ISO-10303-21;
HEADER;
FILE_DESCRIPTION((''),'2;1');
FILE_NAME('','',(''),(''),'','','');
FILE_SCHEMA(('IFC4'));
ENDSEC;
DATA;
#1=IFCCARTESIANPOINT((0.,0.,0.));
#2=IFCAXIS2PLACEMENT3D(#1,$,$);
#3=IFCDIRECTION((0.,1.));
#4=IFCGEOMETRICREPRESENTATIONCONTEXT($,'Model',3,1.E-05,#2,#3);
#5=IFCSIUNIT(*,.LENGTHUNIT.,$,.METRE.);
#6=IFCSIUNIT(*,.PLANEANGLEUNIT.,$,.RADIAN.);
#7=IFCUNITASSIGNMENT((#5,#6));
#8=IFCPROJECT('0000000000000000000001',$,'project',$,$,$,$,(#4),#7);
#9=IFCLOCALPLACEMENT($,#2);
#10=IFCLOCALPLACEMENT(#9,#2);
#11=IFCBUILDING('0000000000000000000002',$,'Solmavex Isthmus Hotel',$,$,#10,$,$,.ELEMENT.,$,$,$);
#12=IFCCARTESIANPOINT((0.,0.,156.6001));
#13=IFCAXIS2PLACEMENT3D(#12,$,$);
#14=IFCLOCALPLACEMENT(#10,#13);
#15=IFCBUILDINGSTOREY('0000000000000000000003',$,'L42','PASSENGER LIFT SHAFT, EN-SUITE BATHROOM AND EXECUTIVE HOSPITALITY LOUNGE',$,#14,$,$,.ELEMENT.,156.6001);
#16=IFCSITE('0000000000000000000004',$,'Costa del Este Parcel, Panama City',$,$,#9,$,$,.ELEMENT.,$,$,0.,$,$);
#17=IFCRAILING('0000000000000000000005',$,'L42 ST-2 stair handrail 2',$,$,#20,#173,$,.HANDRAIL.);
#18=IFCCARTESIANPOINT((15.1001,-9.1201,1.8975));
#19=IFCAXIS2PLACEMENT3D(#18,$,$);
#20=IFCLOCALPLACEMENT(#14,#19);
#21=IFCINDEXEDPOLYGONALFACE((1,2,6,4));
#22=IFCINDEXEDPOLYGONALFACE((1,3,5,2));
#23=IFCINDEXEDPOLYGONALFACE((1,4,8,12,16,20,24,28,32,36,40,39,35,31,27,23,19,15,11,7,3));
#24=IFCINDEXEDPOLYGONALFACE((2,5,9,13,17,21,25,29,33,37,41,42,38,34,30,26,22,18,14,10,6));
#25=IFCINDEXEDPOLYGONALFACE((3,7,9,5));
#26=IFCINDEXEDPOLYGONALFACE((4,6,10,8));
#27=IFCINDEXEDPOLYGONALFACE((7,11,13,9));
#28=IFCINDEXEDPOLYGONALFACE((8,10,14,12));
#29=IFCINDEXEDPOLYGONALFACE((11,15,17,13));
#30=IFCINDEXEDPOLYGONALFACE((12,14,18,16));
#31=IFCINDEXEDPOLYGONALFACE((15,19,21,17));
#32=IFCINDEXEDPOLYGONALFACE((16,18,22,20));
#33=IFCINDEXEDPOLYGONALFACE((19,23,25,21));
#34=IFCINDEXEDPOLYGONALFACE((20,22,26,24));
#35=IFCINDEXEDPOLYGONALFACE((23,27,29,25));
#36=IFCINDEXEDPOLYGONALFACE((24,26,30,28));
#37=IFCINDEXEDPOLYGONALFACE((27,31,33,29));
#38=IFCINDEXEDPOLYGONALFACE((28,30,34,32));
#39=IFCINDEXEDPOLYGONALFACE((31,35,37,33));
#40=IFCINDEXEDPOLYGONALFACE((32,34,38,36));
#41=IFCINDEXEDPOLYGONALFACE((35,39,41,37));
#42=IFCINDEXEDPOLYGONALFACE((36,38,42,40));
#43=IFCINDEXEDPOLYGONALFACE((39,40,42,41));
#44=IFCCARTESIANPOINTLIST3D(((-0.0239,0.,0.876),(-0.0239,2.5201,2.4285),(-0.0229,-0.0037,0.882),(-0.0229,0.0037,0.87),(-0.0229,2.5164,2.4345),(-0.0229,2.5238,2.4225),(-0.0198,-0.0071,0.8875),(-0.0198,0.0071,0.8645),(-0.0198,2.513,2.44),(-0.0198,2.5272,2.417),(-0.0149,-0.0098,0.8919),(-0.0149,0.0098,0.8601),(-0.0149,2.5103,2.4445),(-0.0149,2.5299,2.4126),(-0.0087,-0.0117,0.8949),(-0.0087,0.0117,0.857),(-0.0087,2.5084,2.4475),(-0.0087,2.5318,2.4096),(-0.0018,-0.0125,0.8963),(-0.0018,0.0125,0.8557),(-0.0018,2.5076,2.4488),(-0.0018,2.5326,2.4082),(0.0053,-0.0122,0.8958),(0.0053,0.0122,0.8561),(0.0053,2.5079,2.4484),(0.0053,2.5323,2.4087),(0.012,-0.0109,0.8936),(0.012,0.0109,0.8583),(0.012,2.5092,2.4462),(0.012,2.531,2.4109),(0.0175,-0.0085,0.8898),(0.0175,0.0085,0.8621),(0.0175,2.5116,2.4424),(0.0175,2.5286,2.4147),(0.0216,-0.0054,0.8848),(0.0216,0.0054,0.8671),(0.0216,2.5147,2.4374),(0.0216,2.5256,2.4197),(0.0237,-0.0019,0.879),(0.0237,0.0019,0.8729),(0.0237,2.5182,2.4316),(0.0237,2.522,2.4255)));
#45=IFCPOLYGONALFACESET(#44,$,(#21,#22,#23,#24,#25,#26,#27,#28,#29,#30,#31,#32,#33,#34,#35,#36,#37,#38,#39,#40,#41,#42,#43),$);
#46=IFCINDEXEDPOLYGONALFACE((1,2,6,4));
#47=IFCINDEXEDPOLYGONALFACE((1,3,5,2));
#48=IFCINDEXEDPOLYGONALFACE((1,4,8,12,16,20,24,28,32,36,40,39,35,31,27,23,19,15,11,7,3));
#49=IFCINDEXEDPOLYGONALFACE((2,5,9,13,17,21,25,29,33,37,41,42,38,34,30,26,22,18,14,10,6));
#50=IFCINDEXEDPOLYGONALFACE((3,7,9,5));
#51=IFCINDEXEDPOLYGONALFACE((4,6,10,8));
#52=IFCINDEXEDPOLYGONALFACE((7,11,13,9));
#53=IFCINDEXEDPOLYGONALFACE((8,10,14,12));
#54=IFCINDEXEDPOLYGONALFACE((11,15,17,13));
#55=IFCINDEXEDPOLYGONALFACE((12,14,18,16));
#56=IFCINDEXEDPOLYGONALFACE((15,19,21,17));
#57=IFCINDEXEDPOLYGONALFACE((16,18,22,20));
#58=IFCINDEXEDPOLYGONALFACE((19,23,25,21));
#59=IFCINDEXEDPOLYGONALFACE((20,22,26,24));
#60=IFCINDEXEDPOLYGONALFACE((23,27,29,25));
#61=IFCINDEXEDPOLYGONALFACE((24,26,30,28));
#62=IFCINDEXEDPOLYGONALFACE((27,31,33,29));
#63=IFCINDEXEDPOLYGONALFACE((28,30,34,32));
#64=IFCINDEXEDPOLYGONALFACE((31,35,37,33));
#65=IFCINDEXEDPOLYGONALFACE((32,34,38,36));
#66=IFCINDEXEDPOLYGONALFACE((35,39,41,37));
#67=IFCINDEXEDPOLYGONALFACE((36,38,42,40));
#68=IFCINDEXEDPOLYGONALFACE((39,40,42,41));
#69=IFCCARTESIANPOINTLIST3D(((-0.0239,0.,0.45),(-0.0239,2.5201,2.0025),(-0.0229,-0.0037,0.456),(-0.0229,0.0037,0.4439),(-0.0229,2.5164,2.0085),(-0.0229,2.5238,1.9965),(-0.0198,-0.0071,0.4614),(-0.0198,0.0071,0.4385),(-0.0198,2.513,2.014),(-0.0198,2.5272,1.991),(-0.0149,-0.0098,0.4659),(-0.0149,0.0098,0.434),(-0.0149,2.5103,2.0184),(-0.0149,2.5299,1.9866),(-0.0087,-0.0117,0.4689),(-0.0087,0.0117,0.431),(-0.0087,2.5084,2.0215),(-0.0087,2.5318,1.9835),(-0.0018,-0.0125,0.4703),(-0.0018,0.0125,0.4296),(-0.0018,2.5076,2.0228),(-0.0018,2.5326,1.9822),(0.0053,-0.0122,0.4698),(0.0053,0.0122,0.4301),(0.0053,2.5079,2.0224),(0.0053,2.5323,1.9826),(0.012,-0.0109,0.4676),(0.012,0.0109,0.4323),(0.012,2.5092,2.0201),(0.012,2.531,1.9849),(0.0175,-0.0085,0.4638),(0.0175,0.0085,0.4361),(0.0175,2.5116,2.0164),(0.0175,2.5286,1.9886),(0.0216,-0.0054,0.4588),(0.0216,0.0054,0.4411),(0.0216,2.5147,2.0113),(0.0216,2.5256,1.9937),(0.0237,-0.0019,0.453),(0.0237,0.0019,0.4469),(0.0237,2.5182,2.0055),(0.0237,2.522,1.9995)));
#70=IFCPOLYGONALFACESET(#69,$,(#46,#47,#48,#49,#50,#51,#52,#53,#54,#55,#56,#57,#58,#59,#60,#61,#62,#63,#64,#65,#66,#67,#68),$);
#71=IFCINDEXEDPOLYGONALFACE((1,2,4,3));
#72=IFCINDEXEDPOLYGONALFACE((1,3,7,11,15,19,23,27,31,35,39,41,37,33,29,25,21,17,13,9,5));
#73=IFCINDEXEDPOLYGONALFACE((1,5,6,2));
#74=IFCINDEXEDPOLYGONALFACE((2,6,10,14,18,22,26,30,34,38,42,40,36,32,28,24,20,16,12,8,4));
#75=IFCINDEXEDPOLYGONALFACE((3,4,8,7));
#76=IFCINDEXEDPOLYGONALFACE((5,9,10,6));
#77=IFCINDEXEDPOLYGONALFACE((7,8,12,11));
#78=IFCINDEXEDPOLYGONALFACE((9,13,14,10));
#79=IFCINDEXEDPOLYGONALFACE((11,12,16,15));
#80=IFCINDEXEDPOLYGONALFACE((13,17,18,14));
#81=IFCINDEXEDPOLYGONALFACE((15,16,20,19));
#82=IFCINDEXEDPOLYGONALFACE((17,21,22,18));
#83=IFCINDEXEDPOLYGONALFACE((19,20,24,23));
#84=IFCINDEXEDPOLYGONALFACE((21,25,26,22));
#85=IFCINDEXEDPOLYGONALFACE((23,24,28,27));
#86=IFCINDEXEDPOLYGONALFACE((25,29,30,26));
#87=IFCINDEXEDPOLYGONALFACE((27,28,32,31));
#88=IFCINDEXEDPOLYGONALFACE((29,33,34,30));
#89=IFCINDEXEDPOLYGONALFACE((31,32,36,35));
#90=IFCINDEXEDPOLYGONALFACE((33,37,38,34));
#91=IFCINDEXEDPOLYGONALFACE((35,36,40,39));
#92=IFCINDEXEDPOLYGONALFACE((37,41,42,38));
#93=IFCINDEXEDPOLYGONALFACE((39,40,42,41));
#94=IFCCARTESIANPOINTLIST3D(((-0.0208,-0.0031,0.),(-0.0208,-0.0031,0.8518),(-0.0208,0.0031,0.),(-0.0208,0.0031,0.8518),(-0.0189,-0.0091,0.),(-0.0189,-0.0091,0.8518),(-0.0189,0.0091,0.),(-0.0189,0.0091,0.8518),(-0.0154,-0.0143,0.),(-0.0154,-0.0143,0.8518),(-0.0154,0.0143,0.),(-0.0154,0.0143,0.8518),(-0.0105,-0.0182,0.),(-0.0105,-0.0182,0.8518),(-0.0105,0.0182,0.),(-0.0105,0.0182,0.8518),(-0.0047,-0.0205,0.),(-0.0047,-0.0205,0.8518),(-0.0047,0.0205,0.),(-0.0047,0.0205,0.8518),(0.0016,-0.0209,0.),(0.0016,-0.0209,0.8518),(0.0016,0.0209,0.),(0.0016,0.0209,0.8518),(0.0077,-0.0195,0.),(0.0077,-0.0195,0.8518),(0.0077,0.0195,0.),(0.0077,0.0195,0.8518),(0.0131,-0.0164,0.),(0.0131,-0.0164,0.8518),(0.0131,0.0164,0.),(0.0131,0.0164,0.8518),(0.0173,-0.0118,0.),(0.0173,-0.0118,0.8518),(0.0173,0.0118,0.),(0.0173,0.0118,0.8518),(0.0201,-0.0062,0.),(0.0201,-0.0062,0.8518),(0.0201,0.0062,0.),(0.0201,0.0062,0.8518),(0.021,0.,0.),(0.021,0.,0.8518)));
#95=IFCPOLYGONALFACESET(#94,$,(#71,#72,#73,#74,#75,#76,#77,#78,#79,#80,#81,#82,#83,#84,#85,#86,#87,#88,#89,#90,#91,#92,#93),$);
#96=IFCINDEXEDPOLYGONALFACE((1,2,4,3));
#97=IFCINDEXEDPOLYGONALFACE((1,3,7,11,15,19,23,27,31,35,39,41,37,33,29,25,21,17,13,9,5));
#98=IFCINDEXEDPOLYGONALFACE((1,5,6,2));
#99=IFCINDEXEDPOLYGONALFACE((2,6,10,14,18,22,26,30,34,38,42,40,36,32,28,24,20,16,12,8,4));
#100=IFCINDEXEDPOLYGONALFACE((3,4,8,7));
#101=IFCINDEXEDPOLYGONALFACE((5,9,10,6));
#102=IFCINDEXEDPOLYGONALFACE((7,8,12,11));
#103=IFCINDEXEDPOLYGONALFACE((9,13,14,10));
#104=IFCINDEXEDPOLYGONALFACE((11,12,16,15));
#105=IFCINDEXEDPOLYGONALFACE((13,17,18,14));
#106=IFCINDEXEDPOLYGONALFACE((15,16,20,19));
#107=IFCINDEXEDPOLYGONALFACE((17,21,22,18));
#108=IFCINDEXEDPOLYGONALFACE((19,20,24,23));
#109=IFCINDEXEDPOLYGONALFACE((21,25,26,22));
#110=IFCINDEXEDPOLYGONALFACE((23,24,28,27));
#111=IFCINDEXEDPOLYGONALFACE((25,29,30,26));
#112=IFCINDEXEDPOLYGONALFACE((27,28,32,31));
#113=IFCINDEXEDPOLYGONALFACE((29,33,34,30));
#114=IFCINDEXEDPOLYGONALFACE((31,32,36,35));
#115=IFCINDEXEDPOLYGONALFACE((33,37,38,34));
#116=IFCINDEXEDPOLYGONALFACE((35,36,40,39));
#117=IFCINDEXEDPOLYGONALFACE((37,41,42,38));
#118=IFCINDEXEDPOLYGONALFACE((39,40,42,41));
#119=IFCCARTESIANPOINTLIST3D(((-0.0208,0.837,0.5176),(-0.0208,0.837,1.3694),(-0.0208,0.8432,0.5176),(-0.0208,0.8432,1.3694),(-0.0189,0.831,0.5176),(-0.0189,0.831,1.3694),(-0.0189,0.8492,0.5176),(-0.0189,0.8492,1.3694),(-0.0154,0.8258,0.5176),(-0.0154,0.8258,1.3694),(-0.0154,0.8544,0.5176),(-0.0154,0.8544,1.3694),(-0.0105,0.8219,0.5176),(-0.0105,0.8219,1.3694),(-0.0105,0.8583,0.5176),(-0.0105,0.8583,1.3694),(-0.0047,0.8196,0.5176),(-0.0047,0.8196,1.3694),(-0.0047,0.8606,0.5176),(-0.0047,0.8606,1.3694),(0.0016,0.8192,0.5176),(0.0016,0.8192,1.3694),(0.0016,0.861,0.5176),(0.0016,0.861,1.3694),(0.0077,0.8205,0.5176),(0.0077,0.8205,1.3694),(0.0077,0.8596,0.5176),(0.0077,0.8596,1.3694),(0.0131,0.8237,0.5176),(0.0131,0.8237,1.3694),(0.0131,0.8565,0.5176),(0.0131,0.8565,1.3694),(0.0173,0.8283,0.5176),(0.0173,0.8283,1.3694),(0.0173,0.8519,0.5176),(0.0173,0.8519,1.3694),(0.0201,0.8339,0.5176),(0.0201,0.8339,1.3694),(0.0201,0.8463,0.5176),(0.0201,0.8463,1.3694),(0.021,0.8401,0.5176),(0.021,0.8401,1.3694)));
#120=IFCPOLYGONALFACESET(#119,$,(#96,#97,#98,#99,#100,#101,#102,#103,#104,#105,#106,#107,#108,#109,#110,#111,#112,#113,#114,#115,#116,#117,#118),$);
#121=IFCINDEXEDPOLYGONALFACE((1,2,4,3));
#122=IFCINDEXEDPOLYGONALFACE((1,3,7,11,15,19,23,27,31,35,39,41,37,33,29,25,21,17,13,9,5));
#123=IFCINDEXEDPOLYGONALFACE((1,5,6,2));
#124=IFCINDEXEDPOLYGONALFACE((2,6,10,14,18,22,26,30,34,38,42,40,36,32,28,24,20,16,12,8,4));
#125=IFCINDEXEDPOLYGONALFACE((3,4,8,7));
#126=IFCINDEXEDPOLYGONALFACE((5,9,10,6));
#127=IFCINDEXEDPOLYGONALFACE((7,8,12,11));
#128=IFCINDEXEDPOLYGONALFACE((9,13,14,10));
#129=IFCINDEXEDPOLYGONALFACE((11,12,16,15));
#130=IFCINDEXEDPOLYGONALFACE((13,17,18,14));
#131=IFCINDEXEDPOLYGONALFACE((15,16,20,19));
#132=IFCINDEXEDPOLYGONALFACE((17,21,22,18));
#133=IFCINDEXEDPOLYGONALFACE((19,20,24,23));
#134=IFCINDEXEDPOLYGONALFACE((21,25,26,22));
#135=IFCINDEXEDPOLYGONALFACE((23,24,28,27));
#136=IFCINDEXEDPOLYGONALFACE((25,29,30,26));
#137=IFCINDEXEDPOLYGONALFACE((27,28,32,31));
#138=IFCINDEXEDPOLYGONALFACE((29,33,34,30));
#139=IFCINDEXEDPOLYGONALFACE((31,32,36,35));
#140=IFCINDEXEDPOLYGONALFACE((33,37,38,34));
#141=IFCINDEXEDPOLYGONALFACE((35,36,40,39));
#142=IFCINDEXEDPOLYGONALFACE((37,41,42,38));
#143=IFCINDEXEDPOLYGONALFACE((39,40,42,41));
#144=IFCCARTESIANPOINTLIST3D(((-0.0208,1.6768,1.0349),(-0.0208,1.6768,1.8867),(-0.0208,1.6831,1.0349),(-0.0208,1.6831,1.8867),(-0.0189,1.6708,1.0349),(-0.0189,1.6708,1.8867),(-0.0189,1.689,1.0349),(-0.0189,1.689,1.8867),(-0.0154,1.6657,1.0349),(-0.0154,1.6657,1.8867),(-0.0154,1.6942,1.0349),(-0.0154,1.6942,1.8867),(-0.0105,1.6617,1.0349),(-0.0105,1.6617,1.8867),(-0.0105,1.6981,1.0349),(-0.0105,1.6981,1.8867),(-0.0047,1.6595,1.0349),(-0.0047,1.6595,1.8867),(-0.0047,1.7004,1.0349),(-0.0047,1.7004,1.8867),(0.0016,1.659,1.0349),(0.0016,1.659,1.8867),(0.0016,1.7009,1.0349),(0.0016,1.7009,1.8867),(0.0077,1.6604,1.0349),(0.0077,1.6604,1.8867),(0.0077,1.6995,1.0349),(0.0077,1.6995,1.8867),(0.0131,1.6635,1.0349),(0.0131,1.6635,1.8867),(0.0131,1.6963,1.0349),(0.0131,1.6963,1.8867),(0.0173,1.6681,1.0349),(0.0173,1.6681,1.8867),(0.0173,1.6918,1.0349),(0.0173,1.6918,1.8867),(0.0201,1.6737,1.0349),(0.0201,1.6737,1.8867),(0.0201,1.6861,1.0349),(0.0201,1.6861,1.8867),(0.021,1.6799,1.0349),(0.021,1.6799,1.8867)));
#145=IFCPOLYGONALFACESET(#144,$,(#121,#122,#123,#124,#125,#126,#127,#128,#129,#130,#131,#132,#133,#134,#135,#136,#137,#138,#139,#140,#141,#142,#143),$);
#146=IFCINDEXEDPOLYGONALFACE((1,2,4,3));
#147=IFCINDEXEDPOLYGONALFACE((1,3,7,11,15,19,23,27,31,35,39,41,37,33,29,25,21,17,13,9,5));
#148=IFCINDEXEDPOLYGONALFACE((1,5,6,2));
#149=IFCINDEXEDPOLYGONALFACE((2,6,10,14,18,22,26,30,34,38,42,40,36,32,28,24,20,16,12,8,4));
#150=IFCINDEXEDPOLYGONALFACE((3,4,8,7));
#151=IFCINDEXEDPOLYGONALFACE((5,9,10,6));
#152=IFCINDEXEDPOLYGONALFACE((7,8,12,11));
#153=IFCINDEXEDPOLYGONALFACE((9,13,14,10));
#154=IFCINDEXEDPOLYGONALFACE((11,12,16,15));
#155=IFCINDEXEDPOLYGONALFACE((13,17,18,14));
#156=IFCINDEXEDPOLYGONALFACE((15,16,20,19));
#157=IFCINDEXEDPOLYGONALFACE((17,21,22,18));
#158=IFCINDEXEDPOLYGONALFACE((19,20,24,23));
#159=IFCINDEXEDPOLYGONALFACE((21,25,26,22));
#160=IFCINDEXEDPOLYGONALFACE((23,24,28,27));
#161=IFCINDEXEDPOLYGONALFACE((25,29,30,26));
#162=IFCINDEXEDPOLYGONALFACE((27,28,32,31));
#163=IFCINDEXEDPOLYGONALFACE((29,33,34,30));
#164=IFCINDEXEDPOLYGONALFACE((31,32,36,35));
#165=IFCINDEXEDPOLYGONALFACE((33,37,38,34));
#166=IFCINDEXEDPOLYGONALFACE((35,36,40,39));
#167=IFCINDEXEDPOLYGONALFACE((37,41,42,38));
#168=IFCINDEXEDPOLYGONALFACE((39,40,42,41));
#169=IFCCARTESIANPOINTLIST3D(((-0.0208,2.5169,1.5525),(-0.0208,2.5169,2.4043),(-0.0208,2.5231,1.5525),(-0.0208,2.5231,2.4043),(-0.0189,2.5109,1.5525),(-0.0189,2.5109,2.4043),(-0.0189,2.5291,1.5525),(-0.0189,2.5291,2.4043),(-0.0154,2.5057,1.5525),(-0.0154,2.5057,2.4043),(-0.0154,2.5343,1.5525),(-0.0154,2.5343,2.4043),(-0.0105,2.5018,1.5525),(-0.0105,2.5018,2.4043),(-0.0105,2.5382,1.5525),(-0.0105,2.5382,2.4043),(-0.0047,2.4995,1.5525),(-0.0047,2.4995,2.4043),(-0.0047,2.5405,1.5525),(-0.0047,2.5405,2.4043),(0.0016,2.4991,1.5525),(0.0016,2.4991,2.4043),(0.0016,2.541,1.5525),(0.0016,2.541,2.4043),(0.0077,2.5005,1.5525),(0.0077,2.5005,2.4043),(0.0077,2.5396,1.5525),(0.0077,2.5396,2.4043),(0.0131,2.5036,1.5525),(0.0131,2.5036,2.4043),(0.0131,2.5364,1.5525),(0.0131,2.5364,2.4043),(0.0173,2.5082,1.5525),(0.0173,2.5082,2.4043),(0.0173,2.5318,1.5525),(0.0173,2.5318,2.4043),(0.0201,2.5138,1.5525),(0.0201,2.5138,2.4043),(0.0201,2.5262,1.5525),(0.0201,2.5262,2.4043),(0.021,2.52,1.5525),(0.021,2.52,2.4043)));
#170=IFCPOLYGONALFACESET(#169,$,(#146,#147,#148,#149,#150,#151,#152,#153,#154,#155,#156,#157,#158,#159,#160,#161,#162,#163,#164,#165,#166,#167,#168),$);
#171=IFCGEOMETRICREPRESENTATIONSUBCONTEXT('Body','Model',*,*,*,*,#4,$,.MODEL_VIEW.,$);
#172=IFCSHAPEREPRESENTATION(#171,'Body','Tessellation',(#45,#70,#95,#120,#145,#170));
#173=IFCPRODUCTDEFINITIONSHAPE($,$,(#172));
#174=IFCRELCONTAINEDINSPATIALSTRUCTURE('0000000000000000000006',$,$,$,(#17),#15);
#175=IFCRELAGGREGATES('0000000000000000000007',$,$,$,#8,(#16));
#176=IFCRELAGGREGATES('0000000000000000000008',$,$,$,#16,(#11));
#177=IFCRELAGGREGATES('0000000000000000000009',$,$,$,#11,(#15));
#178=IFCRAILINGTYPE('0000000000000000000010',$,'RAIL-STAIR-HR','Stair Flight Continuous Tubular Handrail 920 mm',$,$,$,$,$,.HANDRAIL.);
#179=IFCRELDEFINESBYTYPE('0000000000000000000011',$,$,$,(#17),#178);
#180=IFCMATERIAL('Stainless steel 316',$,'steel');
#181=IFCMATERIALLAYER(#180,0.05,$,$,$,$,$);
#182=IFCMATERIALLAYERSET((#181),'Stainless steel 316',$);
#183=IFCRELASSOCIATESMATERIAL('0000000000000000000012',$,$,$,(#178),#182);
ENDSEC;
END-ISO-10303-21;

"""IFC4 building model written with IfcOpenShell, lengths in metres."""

from ifc_helpers import new_model, si_unit, direction, frame, origin, origin_2d, place, context, subcontext, project, spatial, circle, extrude, material, layer, layer_set, type_object, element, save


model = new_model("IFC4")

# Units and contexts
model_context = context("Model", 3, precision=1e-05, world=origin(), true_north=direction((0.0, 1.0)))
body_context = subcontext(model_context, "Body", "Model", "MODEL_VIEW")
ifc_project = project(units=[si_unit("LENGTHUNIT", "METRE"), si_unit("PLANEANGLEUNIT", "RADIAN")], contexts=[model_context])

# Site, building, storey
site_placement = place(None, origin())
site = spatial("IfcSite", under=ifc_project, at=site_placement, Name="Costa del Este Parcel, Panama City", CompositionType="ELEMENT", RefElevation=0.0)
building_placement = place(site_placement, origin())
building = spatial("IfcBuilding", under=site, at=building_placement, Name="Solmavex Isthmus Hotel", CompositionType="ELEMENT")
storey_placement = place(building_placement, frame((0.0, 0.0, 156.6001)))
storey = spatial("IfcBuildingStorey", under=building, at=storey_placement, Name="L42", Description="PASSENGER LIFT SHAFT, EN-SUITE BATHROOM AND EXECUTIVE HOSPITALITY LOUNGE", CompositionType="ELEMENT", Elevation=156.6001)

# Railing
ifc_material_1 = material(Name="Stainless steel 316", Category="steel")
ifc_layer_1 = layer(ifc_material_1, 0.05)
ifc_layer_set_1 = layer_set([ifc_layer_1], Name="Stainless steel 316")
railing_type_1 = type_object("IfcRailingType", Name="RAIL-STAIR-HR", Description="Stair Flight Continuous Tubular Handrail 920 mm", PredefinedType="HANDRAIL", material=ifc_layer_set_1)
railing_1_placement = place(storey_placement, frame((15.1001, -9.1201, 1.8975)))
element("IfcRailing", 1, at=railing_1_placement, inside=storey, type_object=railing_type_1, Name="L42 ST-2 stair handrail 2", PredefinedType="HANDRAIL", context=body_context, shape_type="SweptSolid", body=[
    extrude(circle(Radius=0.0239, at=origin_2d()), frame((0.0, 0.0, 0.876), z_axis=(0.0, 0.8514, 0.524516), x_axis=(-1.0, 0.0, 0.0)), (0.0, 0.0, 1.0), 2.96),
    extrude(circle(Radius=0.0239, at=origin_2d()), frame((0.0, 0.0, 0.45), z_axis=(0.0, 0.8514, 0.524516), x_axis=(-1.0, 0.0, 0.0)), (0.0, 0.0, 1.0), 2.96),
    extrude(circle(Radius=0.021, at=origin_2d()), origin(), (0.0, 0.0, 1.0), 0.8518),
    extrude(circle(Radius=0.021, at=origin_2d()), frame((0.0, 0.8401, 0.5176)), (0.0, 0.0, 1.0), 0.8518),
    extrude(circle(Radius=0.021, at=origin_2d()), frame((0.0, 1.6799, 1.0349)), (0.0, 0.0, 1.0), 0.8518),
    extrude(circle(Radius=0.021, at=origin_2d()), frame((0.0, 2.52, 1.5525)), (0.0, 0.0, 1.0), 0.8518),
])

save(model, "model.ifc")
